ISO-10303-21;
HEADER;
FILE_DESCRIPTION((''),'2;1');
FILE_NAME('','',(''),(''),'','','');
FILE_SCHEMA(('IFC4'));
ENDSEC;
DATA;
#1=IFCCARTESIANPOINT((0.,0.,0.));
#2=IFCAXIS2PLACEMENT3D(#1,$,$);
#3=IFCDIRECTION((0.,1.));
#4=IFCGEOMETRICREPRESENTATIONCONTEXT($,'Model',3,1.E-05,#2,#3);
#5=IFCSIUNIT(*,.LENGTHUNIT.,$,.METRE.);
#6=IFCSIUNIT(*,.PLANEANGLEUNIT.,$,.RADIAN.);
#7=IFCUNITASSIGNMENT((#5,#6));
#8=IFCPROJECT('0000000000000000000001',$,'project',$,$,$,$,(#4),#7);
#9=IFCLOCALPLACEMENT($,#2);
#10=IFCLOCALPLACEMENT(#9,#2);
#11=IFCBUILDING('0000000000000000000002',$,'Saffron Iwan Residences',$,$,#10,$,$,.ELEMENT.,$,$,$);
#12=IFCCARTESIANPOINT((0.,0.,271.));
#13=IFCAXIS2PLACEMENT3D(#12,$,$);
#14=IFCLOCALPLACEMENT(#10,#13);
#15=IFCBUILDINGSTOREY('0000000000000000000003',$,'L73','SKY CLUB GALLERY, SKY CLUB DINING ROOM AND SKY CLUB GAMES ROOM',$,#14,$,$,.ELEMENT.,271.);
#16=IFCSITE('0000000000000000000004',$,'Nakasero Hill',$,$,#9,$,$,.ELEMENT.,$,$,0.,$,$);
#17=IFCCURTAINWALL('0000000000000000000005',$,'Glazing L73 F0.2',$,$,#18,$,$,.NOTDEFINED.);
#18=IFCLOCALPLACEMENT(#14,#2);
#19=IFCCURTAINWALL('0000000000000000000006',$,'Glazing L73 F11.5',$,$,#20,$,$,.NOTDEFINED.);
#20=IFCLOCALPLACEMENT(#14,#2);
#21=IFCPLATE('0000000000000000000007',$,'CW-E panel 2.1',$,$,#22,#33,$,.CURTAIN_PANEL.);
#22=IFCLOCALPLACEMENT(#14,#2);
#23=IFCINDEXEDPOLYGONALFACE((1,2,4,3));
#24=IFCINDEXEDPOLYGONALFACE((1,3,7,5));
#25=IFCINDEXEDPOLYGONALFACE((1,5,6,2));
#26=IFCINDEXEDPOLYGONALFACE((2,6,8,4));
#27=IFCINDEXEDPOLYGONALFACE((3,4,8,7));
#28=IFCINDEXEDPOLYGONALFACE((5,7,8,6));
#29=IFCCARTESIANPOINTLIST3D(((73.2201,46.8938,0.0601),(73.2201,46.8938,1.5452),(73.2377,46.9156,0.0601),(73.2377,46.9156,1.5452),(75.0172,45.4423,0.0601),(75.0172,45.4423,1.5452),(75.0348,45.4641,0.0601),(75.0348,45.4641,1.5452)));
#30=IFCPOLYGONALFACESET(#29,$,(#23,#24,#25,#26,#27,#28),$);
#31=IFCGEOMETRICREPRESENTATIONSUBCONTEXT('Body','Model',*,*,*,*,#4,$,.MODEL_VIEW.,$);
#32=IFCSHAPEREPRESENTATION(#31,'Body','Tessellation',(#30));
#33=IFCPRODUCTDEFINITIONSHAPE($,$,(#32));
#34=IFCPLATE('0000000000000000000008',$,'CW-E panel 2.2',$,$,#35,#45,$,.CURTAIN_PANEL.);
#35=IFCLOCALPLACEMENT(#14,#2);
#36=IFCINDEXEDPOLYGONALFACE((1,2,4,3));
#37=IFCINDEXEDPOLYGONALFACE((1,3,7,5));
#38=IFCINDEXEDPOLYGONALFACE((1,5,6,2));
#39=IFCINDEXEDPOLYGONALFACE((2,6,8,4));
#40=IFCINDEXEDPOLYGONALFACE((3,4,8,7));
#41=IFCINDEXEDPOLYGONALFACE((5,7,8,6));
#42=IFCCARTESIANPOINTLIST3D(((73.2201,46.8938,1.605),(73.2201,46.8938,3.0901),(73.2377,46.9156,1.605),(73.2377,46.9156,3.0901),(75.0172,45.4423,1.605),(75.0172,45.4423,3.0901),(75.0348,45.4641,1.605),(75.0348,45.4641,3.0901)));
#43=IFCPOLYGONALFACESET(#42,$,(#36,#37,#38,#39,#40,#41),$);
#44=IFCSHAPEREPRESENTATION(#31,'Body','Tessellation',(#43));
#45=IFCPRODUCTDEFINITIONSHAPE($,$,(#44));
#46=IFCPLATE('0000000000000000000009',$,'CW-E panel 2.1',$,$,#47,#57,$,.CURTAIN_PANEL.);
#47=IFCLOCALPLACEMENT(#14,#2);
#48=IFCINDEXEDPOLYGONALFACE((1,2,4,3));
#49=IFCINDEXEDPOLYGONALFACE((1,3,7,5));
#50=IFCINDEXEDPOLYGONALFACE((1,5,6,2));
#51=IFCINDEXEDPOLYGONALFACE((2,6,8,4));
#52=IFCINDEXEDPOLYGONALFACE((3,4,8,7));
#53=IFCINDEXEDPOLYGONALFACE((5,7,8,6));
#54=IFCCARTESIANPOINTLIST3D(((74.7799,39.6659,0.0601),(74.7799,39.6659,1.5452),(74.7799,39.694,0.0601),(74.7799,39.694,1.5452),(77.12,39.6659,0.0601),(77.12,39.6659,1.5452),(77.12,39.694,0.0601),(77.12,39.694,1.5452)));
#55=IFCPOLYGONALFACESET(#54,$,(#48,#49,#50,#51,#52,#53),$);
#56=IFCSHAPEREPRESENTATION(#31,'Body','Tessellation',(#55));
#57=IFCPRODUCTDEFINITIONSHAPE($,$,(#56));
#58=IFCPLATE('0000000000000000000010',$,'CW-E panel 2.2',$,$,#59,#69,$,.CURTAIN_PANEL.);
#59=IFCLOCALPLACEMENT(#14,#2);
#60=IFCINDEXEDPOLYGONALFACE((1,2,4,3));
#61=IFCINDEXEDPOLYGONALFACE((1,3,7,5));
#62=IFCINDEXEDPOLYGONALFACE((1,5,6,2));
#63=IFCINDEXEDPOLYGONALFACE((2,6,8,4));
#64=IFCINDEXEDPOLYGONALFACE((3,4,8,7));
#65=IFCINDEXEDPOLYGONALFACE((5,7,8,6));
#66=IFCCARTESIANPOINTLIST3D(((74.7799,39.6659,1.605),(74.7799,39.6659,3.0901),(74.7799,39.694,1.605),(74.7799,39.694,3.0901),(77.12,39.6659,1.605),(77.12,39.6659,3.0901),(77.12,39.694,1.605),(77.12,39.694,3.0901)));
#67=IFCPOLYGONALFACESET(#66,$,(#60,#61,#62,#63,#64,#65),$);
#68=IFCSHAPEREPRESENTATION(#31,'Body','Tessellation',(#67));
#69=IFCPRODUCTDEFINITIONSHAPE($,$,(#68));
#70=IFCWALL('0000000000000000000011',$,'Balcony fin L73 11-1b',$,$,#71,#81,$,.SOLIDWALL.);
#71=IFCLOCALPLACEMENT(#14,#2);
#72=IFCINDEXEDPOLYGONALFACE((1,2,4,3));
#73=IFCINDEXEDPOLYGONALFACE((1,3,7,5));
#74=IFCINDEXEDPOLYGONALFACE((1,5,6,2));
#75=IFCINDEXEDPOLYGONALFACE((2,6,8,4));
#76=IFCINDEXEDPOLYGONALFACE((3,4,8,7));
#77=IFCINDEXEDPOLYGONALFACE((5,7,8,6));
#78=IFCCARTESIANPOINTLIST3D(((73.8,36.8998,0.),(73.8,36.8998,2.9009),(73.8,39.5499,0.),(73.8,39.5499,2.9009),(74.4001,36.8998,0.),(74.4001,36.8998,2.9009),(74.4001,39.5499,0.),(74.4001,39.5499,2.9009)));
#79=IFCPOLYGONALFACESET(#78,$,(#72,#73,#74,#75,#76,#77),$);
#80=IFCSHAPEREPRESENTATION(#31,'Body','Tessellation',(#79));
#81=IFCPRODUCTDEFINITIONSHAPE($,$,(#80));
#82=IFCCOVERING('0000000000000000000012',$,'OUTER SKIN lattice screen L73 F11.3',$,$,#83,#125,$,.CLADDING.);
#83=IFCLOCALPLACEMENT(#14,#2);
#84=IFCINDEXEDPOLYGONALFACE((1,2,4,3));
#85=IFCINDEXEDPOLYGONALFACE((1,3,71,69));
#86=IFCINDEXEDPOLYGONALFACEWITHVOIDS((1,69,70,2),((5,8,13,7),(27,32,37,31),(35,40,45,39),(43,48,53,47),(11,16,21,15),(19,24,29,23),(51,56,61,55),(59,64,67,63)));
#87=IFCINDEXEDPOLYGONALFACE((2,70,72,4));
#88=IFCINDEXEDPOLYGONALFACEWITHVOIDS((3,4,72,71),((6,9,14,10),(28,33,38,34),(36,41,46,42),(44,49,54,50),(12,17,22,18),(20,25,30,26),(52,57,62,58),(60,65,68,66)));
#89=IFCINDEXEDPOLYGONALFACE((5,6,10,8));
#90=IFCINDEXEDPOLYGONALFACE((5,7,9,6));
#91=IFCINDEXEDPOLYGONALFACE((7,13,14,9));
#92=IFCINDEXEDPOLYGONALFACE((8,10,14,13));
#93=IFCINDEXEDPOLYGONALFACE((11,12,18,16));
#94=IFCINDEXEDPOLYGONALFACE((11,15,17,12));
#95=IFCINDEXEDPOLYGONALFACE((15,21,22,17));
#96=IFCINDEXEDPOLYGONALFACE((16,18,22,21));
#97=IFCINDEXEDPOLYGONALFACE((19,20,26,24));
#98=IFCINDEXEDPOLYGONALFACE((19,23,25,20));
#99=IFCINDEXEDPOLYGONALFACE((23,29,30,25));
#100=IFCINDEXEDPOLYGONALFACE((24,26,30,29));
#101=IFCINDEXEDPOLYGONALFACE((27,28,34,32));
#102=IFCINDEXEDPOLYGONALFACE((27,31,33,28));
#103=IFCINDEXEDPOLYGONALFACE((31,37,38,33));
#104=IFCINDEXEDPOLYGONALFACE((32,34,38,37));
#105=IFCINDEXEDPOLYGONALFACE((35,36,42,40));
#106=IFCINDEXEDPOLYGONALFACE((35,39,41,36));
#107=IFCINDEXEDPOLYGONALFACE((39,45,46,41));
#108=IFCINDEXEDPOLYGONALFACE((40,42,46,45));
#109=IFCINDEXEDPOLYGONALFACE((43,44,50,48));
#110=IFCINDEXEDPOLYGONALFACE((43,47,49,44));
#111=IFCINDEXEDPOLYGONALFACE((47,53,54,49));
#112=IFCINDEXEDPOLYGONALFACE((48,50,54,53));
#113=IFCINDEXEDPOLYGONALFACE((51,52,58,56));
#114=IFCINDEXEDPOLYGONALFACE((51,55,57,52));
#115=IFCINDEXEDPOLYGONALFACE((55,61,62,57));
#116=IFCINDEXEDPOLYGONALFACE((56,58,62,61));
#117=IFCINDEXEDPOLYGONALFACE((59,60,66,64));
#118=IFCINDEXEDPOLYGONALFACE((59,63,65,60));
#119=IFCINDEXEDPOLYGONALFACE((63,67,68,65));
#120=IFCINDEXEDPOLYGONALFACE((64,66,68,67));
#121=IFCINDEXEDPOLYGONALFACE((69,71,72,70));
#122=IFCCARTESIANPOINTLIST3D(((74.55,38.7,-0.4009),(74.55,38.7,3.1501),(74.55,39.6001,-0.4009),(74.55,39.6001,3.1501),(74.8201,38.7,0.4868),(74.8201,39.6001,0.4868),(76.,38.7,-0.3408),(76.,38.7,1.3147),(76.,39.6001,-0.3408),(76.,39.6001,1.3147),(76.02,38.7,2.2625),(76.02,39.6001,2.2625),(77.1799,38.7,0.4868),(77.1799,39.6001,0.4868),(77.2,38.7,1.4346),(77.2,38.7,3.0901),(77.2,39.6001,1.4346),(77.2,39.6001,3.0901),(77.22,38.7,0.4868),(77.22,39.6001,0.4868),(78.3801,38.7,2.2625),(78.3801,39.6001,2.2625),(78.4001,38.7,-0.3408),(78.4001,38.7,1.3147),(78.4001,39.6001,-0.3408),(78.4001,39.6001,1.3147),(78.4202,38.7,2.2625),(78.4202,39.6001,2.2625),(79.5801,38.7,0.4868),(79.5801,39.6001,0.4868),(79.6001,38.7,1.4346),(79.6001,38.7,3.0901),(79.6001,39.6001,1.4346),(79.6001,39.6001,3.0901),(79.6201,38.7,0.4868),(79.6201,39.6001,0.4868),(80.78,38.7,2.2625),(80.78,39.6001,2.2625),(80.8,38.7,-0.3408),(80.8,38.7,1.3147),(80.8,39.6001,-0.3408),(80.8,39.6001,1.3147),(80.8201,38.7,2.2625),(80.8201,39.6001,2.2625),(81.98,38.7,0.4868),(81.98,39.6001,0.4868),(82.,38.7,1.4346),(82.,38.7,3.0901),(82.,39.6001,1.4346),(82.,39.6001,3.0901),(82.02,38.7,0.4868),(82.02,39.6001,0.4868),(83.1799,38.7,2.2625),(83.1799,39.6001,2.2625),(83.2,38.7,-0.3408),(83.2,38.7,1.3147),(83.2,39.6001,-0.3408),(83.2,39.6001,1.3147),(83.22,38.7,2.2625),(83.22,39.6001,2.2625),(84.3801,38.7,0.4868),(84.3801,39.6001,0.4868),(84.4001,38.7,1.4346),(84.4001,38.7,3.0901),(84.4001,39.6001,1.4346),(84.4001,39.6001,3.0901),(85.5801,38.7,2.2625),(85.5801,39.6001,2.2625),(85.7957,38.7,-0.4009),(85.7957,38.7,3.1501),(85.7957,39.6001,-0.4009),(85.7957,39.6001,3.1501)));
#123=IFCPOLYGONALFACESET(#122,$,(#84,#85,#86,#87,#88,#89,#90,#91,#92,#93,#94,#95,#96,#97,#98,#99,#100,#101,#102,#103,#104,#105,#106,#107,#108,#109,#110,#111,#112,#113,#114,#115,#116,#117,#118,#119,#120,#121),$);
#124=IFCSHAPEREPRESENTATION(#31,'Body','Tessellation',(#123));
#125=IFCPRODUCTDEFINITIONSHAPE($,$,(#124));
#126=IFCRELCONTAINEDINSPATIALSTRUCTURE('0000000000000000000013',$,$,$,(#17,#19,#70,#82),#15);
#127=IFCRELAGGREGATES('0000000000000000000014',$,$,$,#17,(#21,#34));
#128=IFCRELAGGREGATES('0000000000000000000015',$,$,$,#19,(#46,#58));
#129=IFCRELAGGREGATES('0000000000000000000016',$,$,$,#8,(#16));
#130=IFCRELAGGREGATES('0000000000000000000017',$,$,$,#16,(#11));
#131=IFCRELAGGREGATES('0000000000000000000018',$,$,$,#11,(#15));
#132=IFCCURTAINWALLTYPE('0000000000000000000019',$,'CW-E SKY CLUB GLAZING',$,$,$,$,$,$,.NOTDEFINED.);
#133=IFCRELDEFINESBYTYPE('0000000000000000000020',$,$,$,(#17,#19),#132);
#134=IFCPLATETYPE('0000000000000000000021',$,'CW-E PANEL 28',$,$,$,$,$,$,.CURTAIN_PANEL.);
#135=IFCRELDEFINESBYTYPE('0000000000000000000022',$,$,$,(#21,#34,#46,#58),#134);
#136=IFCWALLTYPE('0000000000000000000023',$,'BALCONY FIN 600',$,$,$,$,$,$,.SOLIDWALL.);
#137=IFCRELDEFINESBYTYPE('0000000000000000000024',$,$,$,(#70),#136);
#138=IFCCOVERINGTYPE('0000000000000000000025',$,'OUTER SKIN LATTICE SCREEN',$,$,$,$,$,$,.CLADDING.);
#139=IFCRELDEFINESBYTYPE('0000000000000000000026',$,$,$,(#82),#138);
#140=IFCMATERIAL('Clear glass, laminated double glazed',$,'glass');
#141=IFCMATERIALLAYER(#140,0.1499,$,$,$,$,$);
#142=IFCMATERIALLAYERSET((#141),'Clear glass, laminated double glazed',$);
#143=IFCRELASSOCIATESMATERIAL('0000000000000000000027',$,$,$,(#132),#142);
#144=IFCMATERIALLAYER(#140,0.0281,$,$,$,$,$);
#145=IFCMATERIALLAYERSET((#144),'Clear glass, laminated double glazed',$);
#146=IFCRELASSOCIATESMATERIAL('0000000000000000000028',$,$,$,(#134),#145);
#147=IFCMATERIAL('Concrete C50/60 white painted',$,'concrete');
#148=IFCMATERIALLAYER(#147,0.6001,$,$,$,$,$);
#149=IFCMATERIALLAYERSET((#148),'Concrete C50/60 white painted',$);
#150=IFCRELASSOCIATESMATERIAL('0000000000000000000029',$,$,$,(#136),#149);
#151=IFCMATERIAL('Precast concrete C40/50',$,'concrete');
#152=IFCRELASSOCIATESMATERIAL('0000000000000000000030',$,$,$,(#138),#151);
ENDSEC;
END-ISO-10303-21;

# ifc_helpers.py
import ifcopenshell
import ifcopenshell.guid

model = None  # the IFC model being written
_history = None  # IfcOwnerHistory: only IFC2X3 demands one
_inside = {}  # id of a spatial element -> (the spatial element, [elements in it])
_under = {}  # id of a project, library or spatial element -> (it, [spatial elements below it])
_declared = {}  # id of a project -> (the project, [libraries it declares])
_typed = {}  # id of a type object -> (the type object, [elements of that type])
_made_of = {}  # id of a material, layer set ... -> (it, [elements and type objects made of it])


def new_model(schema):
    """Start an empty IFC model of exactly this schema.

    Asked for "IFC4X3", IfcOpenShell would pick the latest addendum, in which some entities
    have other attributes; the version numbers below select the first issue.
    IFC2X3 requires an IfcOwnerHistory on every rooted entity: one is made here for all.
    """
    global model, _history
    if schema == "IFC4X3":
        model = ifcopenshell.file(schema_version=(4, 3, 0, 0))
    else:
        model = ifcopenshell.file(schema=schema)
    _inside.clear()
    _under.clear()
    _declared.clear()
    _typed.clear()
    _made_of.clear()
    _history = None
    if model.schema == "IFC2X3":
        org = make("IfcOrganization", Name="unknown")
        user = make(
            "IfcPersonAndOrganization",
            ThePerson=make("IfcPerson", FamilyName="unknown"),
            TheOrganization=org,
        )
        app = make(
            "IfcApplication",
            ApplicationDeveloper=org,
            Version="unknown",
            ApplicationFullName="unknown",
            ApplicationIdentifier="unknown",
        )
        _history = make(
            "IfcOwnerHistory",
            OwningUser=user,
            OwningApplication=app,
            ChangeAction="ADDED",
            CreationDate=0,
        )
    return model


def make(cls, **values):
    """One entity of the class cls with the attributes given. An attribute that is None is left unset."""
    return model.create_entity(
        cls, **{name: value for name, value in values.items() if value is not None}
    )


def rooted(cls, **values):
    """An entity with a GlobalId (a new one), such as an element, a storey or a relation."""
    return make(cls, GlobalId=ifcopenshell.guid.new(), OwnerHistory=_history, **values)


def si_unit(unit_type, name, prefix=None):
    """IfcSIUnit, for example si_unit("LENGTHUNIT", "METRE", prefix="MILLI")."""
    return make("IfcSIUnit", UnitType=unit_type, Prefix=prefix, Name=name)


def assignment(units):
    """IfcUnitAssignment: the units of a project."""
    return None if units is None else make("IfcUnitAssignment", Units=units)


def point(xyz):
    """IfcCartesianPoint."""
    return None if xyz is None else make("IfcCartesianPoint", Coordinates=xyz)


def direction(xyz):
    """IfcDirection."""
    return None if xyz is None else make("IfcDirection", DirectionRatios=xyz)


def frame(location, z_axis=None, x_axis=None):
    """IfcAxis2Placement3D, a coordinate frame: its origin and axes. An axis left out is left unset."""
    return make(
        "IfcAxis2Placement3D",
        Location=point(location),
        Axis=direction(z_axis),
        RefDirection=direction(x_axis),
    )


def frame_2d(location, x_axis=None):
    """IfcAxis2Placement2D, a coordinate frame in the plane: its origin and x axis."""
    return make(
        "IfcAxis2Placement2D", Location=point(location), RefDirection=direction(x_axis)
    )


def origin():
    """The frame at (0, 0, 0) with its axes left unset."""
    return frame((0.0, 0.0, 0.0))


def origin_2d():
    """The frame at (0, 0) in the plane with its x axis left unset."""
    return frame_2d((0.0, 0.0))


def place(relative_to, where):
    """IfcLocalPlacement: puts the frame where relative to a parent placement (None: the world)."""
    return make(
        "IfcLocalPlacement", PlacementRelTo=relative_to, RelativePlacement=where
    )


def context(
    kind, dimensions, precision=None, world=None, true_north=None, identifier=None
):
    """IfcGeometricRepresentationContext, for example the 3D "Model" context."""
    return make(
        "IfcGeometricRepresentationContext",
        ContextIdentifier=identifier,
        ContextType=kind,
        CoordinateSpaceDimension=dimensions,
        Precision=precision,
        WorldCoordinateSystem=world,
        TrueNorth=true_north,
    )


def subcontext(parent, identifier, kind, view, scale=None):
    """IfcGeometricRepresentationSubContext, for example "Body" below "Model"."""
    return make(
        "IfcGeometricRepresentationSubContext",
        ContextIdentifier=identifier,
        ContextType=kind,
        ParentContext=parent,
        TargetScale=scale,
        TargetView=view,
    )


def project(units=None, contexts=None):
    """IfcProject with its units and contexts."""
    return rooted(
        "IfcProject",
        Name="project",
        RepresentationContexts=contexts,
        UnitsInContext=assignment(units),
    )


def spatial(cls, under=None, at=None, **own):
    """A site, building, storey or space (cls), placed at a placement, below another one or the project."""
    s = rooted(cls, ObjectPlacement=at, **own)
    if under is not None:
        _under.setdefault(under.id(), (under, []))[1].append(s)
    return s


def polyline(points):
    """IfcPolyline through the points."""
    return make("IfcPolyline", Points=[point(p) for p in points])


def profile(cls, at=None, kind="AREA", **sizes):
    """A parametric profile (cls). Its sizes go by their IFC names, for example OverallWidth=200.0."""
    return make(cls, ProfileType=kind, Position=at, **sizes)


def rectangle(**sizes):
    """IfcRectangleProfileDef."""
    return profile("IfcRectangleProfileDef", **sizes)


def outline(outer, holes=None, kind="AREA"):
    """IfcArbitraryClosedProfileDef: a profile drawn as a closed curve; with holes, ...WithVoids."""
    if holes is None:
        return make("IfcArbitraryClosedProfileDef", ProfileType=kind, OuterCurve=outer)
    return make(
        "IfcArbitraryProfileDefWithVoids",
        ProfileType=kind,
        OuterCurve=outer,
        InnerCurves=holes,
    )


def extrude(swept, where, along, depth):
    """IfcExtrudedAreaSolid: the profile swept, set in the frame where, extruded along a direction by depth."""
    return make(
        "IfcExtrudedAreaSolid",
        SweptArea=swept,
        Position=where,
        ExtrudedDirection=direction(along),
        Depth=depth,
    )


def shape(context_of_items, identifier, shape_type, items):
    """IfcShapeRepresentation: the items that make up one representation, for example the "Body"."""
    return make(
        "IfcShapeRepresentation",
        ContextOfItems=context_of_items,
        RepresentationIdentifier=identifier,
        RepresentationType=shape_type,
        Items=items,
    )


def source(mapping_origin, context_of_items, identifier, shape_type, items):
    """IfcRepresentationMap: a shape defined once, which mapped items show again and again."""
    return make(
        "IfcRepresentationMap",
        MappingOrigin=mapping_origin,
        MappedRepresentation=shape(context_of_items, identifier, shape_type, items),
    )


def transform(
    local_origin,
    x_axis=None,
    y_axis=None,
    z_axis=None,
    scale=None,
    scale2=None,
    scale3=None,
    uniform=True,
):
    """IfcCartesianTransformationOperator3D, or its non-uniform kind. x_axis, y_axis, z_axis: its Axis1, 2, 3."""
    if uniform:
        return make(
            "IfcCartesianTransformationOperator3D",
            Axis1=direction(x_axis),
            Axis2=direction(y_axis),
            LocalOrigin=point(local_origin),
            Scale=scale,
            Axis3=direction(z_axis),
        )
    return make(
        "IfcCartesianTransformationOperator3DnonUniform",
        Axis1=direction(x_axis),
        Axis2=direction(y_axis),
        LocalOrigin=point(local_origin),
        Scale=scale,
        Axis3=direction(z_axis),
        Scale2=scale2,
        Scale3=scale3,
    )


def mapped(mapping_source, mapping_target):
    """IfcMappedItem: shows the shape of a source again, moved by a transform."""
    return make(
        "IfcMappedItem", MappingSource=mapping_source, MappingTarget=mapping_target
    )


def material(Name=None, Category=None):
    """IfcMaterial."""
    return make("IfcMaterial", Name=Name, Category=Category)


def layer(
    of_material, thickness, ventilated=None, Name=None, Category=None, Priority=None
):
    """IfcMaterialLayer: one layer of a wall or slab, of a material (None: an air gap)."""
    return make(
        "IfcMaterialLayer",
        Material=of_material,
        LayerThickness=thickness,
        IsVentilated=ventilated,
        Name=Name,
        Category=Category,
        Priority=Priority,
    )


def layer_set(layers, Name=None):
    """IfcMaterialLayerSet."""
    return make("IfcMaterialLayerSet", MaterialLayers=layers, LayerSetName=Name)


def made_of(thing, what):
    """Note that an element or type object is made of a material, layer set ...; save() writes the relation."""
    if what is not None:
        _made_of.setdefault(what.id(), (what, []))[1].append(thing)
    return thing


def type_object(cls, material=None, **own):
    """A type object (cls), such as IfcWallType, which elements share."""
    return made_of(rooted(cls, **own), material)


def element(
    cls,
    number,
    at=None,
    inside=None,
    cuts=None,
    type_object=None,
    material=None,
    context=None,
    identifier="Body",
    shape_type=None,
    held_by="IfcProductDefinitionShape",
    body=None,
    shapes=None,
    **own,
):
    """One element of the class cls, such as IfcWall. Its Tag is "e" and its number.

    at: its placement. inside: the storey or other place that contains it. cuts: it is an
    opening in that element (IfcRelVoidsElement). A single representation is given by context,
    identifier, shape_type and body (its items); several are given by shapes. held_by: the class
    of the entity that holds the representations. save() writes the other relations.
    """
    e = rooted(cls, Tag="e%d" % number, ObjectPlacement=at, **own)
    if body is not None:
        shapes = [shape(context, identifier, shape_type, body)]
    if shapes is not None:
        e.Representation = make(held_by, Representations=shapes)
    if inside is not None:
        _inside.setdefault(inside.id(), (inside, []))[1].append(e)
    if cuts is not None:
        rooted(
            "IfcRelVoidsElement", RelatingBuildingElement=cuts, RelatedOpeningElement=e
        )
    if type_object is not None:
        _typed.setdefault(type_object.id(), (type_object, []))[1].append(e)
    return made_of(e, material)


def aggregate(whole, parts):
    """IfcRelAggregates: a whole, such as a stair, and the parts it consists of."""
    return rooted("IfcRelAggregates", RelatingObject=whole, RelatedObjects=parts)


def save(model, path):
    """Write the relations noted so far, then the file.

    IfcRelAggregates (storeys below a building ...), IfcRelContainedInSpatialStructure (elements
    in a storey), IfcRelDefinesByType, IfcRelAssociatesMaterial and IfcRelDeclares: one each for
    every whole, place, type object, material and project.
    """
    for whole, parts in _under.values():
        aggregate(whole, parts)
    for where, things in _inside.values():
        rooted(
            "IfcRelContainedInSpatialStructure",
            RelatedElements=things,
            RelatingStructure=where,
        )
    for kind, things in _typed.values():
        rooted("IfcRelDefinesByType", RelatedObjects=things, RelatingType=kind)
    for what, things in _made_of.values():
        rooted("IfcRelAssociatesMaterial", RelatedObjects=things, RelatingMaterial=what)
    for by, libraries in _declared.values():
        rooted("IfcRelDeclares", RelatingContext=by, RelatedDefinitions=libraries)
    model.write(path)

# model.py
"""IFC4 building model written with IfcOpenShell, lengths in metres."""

from ifc_helpers import new_model, si_unit, direction, frame, frame_2d, origin, origin_2d, place, context, subcontext, project, spatial, polyline, rectangle, outline, extrude, source, transform, mapped, material, layer, layer_set, type_object, element, aggregate, save


model = new_model("IFC4")

# Units and contexts
model_context = context("Model", 3, precision=1e-05, world=origin(), true_north=direction((0.0, 1.0)))
body_context = subcontext(model_context, "Body", "Model", "MODEL_VIEW")
ifc_project = project(units=[si_unit("LENGTHUNIT", "METRE"), si_unit("PLANEANGLEUNIT", "RADIAN")], contexts=[model_context])

# Site, building, storey
site_placement = place(None, origin())
site = spatial("IfcSite", under=ifc_project, at=site_placement, Name="Nakasero Hill", CompositionType="ELEMENT", RefElevation=0.0)
building_placement = place(site_placement, origin())
building = spatial("IfcBuilding", under=site, at=building_placement, Name="Saffron Iwan Residences", CompositionType="ELEMENT")
storey_placement = place(building_placement, frame((0.0, 0.0, 271.0)))
storey = spatial("IfcBuildingStorey", under=building, at=storey_placement, Name="L73", Description="SKY CLUB GALLERY, SKY CLUB DINING ROOM AND SKY CLUB GAMES ROOM", CompositionType="ELEMENT", Elevation=271.0)

# Curtain walls
ifc_material_1 = material(Name="Clear glass, laminated double glazed", Category="glass")
ifc_layer_1 = layer(ifc_material_1, 0.1499)
ifc_layer_set_1 = layer_set([ifc_layer_1], Name="Clear glass, laminated double glazed")
curtain_wall_type = type_object("IfcCurtainWallType", Name="CW-E SKY CLUB GLAZING", PredefinedType="NOTDEFINED", material=ifc_layer_set_1)
curtain_wall_1_placement = place(storey_placement, origin())
curtain_wall_1 = element("IfcCurtainWall", 1, at=curtain_wall_1_placement, inside=storey, type_object=curtain_wall_type, Name="Glazing L73 F0.2", PredefinedType="NOTDEFINED")
curtain_wall_2_placement = place(storey_placement, origin())
curtain_wall_2 = element("IfcCurtainWall", 2, at=curtain_wall_2_placement, inside=storey, type_object=curtain_wall_type, Name="Glazing L73 F11.5", PredefinedType="NOTDEFINED")

# Plates
ifc_layer_2 = layer(ifc_material_1, 0.0281)
ifc_layer_set_2 = layer_set([ifc_layer_2], Name="Clear glass, laminated double glazed")
plate_type = type_object("IfcPlateType", Name="CW-E PANEL 28", PredefinedType="CURTAIN_PANEL", material=ifc_layer_set_2)
shared_shape_1 = source(origin(), body_context, "Body", "SweptSolid", [
    extrude(rectangle(XDim=2.3101, YDim=0.0281, at=origin_2d()), origin(), (0.0, 0.0, 1.0), 1.4851),
])
plate_1_placement = place(storey_placement, frame((74.1274, 46.179, 0.0601), z_axis=(0.0, 0.0, 1.0), x_axis=(-0.777941, 0.628337, 0.0)))
plate_1 = element("IfcPlate", 3, at=plate_1_placement, type_object=plate_type, Name="CW-E panel 2.1", PredefinedType="CURTAIN_PANEL", context=body_context, shape_type="MappedRepresentation", body=[
    mapped(shared_shape_1, transform((0.0, 0.0, 0.0))),
])
plate_2_placement = place(storey_placement, frame((74.1274, 46.179, 1.605), z_axis=(0.0, 0.0, 1.0), x_axis=(-0.777941, 0.628337, 0.0)))
plate_2 = element("IfcPlate", 4, at=plate_2_placement, type_object=plate_type, Name="CW-E panel 2.2", PredefinedType="CURTAIN_PANEL", context=body_context, shape_type="MappedRepresentation", body=[
    mapped(shared_shape_1, transform((0.0, 0.0, 0.0))),
])
aggregate(curtain_wall_1, [plate_1, plate_2])
shared_shape_2 = source(origin(), body_context, "Body", "SweptSolid", [
    extrude(rectangle(XDim=2.3401, YDim=0.0281, at=origin_2d()), origin(), (0.0, 0.0, 1.0), 1.4851),
])
plate_3_placement = place(storey_placement, frame((75.95, 39.6799, 0.0601), z_axis=(0.0, 0.0, 1.0), x_axis=(1.0, 0.0, 0.0)))
plate_3 = element("IfcPlate", 5, at=plate_3_placement, type_object=plate_type, Name="CW-E panel 2.1", PredefinedType="CURTAIN_PANEL", context=body_context, shape_type="MappedRepresentation", body=[
    mapped(shared_shape_2, transform((0.0, 0.0, 0.0))),
])
plate_4_placement = place(storey_placement, frame((75.95, 39.6799, 1.605), z_axis=(0.0, 0.0, 1.0), x_axis=(1.0, 0.0, 0.0)))
plate_4 = element("IfcPlate", 6, at=plate_4_placement, type_object=plate_type, Name="CW-E panel 2.2", PredefinedType="CURTAIN_PANEL", context=body_context, shape_type="MappedRepresentation", body=[
    mapped(shared_shape_2, transform((0.0, 0.0, 0.0))),
])
aggregate(curtain_wall_2, [plate_3, plate_4])

# Wall
ifc_material_2 = material(Name="Concrete C50/60 white painted", Category="concrete")
ifc_layer_3 = layer(ifc_material_2, 0.6001)
ifc_layer_set_3 = layer_set([ifc_layer_3], Name="Concrete C50/60 white painted")
wall_type = type_object("IfcWallType", Name="BALCONY FIN 600", PredefinedType="SOLIDWALL", material=ifc_layer_set_3)
wall_placement = place(storey_placement, frame((74.1001, 39.55, 0.0), z_axis=(0.0, 0.0, 1.0), x_axis=(0.0, -1.0, 0.0)))
element("IfcWall", 7, at=wall_placement, inside=storey, type_object=wall_type, Name="Balcony fin L73 11-1b", PredefinedType="SOLIDWALL", context=body_context, shape_type="SweptSolid", body=[
    extrude(rectangle(XDim=2.6501, YDim=0.6001, at=frame_2d((1.3252, 0.0))), origin(), (0.0, 0.0, 1.0), 2.9009),
])

# Covering
ifc_material_3 = material(Name="Precast concrete C40/50", Category="concrete")
covering_type = type_object("IfcCoveringType", Name="OUTER SKIN LATTICE SCREEN", PredefinedType="CLADDING", material=ifc_material_3)
covering_placement = place(storey_placement, frame((74.55, 39.6001, -0.4009), z_axis=(0.0, -1.0, 0.0), x_axis=(1.0, 0.0, 0.0)))
element("IfcCovering", 8, at=covering_placement, inside=storey, type_object=covering_type, Name="OUTER SKIN lattice screen L73 F11.3", PredefinedType="CLADDING", context=body_context, shape_type="SweptSolid", body=[
    extrude(outline(polyline([(0.0, 0.0), (11.2456, 0.0), (11.2456, 3.551), (0.0, 3.551), (0.0, 0.0)]), holes=[polyline([(0.27, 0.8877), (1.45, 0.0601), (2.6299, 0.8877), (1.45, 1.7156), (0.27, 0.8877)]), polyline([(2.6699, 0.8877), (3.8501, 0.0601), (5.03, 0.8877), (3.8501, 1.7156), (2.6699, 0.8877)]), polyline([(5.0701, 0.8877), (6.25, 0.0601), (7.4299, 0.8877), (6.25, 1.7156), (5.0701, 0.8877)]), polyline([(7.47, 0.8877), (8.6499, 0.0601), (9.8301, 0.8877), (8.6499, 1.7156), (7.47, 0.8877)]), polyline([(1.47, 2.6633), (2.6499, 1.8354), (3.8301, 2.6633), (2.6499, 3.491), (1.47, 2.6633)]), polyline([(3.8701, 2.6633), (5.05, 1.8354), (6.23, 2.6633), (5.05, 3.491), (3.8701, 2.6633)]), polyline([(6.27, 2.6633), (7.45, 1.8354), (8.6299, 2.6633), (7.45, 3.491), (6.27, 2.6633)]), polyline([(8.6699, 2.6633), (9.8501, 1.8354), (11.03, 2.6633), (9.8501, 3.491), (8.6699, 2.6633)])]), origin(), (0.0, 0.0, 1.0), 0.9001),
])

save(model, "model.ifc")
